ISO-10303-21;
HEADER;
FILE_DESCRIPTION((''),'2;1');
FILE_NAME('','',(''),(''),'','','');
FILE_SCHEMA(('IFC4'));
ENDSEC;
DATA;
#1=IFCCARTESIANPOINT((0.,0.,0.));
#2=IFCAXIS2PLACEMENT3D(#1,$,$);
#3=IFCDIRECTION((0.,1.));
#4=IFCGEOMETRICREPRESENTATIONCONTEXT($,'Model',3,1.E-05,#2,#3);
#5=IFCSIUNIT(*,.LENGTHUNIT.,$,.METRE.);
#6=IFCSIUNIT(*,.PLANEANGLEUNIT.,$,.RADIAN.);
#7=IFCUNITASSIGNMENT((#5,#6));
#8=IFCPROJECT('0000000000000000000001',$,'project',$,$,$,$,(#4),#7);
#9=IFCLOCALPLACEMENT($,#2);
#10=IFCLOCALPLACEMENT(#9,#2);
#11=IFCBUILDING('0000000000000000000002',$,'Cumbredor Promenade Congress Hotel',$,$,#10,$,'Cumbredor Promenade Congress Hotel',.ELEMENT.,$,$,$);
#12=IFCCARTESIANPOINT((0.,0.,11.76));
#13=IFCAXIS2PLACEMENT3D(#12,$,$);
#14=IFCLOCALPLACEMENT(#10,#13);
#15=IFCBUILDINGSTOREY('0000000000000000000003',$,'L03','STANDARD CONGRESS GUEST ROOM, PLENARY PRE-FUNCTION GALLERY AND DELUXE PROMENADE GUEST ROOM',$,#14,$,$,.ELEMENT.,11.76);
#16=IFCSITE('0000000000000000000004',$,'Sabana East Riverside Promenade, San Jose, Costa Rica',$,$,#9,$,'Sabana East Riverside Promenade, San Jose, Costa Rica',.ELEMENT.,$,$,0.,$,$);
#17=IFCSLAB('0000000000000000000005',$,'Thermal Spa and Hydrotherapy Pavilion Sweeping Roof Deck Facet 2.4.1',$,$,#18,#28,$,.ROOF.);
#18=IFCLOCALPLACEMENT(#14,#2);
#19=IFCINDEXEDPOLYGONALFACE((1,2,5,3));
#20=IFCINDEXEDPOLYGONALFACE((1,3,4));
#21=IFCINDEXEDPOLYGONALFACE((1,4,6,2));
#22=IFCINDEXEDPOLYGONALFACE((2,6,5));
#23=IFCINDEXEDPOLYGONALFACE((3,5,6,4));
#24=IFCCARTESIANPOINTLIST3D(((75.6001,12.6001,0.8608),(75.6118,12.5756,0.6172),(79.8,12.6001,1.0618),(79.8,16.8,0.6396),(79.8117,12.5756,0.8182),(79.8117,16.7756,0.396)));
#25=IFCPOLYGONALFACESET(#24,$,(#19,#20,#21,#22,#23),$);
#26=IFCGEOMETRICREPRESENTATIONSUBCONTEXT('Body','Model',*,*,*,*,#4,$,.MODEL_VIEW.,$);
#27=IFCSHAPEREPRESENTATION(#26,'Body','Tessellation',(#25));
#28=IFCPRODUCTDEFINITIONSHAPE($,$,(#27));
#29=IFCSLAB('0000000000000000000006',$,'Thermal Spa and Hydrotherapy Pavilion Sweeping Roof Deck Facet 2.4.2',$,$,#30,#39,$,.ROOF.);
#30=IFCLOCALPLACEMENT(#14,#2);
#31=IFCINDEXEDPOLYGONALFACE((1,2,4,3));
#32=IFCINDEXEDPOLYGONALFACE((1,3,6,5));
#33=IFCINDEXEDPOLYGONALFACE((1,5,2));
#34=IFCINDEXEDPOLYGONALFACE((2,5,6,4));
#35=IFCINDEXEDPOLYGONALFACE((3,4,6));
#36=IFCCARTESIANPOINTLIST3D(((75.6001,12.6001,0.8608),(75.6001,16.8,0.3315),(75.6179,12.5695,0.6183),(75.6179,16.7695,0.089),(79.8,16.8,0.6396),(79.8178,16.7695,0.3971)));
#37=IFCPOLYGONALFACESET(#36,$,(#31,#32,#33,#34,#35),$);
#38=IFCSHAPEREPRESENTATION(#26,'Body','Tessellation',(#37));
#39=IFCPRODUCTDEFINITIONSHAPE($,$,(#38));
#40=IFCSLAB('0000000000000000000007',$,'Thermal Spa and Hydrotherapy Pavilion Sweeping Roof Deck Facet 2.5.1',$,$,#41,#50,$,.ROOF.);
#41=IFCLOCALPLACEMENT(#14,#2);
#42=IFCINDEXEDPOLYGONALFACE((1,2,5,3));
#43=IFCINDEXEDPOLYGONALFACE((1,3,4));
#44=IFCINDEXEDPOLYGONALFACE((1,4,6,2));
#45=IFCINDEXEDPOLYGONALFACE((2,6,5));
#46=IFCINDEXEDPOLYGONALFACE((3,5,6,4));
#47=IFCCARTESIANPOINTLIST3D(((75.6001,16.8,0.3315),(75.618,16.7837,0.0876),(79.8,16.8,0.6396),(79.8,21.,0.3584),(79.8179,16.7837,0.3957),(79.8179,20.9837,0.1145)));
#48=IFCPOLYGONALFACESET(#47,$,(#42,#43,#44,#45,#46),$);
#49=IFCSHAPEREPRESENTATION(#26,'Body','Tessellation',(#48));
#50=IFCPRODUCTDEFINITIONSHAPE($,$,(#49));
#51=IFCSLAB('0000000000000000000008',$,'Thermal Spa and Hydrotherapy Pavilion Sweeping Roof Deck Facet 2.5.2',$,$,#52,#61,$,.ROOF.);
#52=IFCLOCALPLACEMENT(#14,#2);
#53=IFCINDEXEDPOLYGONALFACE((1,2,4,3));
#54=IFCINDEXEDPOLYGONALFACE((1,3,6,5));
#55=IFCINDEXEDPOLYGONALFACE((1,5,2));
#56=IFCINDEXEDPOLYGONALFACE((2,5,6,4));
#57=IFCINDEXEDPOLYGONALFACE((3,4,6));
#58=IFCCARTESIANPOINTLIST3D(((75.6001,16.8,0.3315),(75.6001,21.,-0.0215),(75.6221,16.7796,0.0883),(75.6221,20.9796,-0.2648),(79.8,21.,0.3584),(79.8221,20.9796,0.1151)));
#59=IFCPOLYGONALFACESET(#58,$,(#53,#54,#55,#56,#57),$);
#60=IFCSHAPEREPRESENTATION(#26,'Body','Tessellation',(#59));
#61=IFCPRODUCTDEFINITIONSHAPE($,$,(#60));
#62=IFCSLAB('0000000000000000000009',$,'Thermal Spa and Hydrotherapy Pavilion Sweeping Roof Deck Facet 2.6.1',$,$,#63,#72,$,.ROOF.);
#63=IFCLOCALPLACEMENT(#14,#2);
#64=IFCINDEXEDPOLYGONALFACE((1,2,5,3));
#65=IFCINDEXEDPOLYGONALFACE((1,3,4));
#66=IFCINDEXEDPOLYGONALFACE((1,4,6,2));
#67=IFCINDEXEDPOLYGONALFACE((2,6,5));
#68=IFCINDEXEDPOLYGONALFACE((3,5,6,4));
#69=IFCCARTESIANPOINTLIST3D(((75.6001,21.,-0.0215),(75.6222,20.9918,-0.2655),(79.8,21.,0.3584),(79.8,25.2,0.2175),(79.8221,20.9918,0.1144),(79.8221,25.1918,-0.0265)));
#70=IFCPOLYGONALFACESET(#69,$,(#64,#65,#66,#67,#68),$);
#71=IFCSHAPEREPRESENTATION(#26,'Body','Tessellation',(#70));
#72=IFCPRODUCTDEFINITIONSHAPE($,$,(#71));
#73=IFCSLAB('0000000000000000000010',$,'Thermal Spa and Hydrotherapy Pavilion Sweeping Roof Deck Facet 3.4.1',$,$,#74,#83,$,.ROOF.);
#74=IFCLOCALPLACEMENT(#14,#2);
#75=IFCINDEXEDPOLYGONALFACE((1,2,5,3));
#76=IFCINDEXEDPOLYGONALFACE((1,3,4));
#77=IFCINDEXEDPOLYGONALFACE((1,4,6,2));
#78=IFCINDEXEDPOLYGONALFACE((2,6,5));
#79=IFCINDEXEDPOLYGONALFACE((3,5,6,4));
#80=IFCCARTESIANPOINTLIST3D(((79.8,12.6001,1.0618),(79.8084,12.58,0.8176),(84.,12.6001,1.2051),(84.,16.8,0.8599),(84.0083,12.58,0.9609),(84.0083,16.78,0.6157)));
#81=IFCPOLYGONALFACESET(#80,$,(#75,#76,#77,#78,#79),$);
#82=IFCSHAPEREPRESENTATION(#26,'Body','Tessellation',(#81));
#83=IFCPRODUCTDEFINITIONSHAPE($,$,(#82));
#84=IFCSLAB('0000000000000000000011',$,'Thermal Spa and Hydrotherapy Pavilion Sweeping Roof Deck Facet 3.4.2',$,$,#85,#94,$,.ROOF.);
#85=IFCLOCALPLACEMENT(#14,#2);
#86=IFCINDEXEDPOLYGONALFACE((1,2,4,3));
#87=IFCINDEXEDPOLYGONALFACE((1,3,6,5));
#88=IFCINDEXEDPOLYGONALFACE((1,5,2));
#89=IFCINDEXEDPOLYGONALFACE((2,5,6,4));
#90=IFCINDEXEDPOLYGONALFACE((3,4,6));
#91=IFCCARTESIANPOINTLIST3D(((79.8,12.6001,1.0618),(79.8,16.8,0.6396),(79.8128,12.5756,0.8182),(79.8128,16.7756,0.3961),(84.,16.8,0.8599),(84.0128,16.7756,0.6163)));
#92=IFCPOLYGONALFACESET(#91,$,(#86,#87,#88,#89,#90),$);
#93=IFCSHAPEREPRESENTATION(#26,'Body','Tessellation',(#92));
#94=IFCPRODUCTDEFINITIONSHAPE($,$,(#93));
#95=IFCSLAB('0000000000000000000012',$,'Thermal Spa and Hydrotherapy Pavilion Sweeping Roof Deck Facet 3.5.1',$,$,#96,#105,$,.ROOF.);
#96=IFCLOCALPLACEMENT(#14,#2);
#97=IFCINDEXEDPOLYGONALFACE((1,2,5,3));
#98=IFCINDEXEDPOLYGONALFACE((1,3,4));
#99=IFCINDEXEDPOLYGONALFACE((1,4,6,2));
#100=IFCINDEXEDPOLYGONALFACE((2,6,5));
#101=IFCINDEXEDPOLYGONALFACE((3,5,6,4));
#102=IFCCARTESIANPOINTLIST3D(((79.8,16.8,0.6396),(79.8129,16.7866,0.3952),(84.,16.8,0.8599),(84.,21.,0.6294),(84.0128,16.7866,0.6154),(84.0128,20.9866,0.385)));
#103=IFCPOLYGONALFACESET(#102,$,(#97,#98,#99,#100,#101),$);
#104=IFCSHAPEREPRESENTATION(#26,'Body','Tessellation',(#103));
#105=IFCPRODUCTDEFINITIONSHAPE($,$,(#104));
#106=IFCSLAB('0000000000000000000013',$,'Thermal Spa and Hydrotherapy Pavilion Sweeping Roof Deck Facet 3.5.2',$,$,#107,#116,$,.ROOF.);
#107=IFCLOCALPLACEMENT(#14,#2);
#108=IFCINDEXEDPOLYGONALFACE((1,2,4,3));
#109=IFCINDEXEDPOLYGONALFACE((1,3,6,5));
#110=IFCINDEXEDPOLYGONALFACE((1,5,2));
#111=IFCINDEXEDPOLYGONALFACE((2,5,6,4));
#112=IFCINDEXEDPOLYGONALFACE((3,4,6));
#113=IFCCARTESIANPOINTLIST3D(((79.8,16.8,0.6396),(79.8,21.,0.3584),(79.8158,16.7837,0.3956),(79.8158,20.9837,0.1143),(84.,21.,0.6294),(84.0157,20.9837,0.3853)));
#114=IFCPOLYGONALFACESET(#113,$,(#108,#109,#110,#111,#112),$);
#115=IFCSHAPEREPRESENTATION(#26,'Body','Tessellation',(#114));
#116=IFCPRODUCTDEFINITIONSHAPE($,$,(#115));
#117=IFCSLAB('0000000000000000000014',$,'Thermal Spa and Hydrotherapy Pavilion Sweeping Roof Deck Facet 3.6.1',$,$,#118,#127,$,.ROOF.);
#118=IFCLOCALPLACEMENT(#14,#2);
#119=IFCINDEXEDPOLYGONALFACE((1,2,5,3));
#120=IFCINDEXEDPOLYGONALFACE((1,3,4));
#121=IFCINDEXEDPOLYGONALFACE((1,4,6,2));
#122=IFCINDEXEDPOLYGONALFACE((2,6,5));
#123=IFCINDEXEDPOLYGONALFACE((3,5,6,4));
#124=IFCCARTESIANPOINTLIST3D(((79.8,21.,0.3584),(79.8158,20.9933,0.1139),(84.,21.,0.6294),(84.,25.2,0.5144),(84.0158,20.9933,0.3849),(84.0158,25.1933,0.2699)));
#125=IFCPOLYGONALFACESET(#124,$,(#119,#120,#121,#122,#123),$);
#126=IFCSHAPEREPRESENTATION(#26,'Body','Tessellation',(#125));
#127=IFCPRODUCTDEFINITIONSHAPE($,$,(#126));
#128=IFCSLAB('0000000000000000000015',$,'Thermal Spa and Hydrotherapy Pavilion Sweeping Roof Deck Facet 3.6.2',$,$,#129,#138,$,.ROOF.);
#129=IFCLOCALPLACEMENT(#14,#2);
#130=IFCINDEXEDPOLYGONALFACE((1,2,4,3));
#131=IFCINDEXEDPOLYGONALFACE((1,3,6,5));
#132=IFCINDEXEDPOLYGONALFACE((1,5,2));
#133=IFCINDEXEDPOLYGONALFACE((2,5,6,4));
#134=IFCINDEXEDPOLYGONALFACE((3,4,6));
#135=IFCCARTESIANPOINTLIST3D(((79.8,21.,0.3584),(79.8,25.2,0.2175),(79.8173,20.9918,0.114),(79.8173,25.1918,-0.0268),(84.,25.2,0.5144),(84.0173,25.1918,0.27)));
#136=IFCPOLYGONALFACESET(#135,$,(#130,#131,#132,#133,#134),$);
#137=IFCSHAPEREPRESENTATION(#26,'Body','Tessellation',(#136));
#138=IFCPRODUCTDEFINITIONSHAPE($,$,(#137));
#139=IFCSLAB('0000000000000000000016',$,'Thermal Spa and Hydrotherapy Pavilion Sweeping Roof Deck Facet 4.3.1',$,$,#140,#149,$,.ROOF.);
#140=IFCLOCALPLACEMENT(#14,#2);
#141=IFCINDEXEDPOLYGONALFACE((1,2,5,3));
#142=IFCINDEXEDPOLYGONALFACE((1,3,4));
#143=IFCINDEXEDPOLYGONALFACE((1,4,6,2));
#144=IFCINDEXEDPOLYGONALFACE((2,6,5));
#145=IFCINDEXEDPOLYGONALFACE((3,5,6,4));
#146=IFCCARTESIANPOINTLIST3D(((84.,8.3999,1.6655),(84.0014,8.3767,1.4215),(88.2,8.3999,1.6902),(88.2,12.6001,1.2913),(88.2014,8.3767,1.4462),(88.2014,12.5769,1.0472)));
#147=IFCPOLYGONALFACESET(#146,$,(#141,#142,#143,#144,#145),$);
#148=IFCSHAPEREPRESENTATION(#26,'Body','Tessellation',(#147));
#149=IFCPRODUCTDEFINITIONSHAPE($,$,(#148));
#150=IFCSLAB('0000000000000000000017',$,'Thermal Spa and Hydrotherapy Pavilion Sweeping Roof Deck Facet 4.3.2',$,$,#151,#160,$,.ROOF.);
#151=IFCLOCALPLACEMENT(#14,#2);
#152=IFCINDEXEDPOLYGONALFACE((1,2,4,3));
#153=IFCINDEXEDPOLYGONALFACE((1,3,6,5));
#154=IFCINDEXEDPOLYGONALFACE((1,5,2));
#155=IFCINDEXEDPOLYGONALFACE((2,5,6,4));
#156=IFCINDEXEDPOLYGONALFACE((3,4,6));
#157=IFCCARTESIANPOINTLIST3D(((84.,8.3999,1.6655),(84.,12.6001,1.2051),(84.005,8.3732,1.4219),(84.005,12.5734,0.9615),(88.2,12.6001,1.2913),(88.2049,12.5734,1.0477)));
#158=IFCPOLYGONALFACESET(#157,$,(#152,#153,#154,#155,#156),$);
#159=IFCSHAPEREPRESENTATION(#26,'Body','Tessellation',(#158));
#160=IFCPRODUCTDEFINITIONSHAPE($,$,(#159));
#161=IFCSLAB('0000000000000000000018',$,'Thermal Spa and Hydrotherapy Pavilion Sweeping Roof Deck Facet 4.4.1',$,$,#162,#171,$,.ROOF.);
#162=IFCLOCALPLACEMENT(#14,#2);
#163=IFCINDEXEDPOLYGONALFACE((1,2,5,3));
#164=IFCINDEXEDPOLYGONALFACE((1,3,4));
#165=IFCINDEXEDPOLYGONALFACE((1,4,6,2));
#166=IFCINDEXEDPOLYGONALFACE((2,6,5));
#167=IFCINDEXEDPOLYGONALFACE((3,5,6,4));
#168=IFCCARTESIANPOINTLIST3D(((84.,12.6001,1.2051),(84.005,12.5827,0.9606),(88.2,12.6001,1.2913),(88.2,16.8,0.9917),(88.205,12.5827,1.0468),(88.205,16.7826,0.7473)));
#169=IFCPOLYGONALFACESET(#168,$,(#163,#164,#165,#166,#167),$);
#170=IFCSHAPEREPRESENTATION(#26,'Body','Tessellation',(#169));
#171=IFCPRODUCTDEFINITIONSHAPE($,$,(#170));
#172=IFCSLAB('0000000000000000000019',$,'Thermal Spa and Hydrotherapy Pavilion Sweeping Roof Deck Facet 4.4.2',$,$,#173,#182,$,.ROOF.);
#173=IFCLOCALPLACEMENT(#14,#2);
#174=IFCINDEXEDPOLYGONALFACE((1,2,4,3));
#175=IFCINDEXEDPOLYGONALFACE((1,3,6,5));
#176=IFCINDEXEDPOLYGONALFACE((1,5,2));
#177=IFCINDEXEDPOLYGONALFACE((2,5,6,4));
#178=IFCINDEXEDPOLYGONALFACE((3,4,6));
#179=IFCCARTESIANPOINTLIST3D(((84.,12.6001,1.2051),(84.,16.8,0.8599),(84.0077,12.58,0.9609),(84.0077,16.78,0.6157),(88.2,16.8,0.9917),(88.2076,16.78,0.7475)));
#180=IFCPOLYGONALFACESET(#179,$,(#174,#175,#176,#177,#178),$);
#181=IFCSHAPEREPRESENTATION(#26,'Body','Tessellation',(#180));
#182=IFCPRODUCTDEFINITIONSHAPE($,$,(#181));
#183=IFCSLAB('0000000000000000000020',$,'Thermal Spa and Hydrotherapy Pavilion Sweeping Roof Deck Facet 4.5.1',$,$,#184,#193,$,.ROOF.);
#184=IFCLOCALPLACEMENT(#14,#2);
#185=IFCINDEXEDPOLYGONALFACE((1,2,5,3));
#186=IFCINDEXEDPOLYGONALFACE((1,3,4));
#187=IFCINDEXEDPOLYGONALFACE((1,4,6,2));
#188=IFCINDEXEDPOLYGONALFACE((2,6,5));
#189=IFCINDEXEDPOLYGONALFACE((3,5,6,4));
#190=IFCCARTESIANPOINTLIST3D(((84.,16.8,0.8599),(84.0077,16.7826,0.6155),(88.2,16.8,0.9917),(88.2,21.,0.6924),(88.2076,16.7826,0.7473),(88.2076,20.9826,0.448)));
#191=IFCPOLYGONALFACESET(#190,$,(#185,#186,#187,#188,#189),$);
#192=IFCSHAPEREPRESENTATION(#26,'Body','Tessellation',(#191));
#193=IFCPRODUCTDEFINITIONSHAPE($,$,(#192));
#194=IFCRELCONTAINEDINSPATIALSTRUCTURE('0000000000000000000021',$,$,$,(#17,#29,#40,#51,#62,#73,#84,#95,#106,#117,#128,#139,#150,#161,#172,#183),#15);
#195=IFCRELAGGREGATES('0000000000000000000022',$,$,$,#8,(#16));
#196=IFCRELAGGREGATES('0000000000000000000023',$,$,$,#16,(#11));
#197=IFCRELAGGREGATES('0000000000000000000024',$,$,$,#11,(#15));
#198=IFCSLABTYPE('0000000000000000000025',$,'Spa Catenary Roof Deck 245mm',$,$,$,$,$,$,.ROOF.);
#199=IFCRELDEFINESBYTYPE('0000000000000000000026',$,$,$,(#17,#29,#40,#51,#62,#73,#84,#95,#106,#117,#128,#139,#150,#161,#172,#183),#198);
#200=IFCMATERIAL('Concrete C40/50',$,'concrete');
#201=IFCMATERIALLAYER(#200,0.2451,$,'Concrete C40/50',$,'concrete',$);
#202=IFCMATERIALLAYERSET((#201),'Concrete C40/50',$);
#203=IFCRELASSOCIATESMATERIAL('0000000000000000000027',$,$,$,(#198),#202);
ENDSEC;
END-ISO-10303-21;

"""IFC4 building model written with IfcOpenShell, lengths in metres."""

from ifc_helpers import new_model, si_unit, direction, frame, origin, place, context, subcontext, project, spatial, polyline, outline, extrude, material, layer, layer_set, type_object, element, save


model = new_model("IFC4")

# Units and contexts
model_context = context("Model", 3, precision=1e-05, world=origin(), true_north=direction((0.0, 1.0)))
body_context = subcontext(model_context, "Body", "Model", "MODEL_VIEW")
ifc_project = project(units=[si_unit("LENGTHUNIT", "METRE"), si_unit("PLANEANGLEUNIT", "RADIAN")], contexts=[model_context])

# Site, building, storey
site_placement = place(None, origin())
site = spatial("IfcSite", under=ifc_project, at=site_placement, Name="Sabana East Riverside Promenade, San Jose, Costa Rica", LongName="Sabana East Riverside Promenade, San Jose, Costa Rica", CompositionType="ELEMENT", RefElevation=0.0)
building_placement = place(site_placement, origin())
building = spatial("IfcBuilding", under=site, at=building_placement, Name="Cumbredor Promenade Congress Hotel", LongName="Cumbredor Promenade Congress Hotel", CompositionType="ELEMENT")
storey_placement = place(building_placement, frame((0.0, 0.0, 11.76)))
storey = spatial("IfcBuildingStorey", under=building, at=storey_placement, Name="L03", Description="STANDARD CONGRESS GUEST ROOM, PLENARY PRE-FUNCTION GALLERY AND DELUXE PROMENADE GUEST ROOM", CompositionType="ELEMENT", Elevation=11.76)

# Slabs
ifc_material_1 = material(Name="Concrete C40/50", Category="concrete")
ifc_layer_1 = layer(ifc_material_1, 0.2451, Name="Concrete C40/50", Category="concrete")
ifc_layer_set_1 = layer_set([ifc_layer_1], Name="Concrete C40/50")
slab_type = type_object("IfcSlabType", Name="Spa Catenary Roof Deck 245mm", PredefinedType="ROOF", material=ifc_layer_set_1)
slab_1_placement = place(storey_placement, frame((75.6001, 12.6001, 0.8608), z_axis=(-0.047547, 0.099889, 0.993862), x_axis=(0.998858, 0.0, 0.047786)))
element("IfcSlab", 1, at=slab_1_placement, inside=storey, type_object=slab_type, Name="Thermal Spa and Hydrotherapy Pavilion Sweeping Roof Deck Facet 2.4.1", PredefinedType="ROOF", context=body_context, shape_type="SweptSolid", body=[
    extrude(outline(polyline([(0.0, 0.0), (4.2048, 0.0), (4.1846, 4.2211), (0.0, 0.0)])), origin(), (0.0, 0.0, -1.0), 0.2451),
])
slab_2_placement = place(storey_placement, frame((75.6001, 12.6001, 0.8608), z_axis=(-0.072592, 0.124706, 0.989535), x_axis=(0.706617, 0.706617, -0.037214)))
element("IfcSlab", 2, at=slab_2_placement, inside=storey, type_object=slab_type, Name="Thermal Spa and Hydrotherapy Pavilion Sweeping Roof Deck Facet 2.4.2", PredefinedType="ROOF", context=body_context, shape_type="SweptSolid", body=[
    extrude(outline(polyline([(0.0, 0.0), (5.9437, 0.0), (2.9875, 2.9991), (0.0, 0.0)])), origin(), (0.0, 0.0, -1.0), 0.2451),
])
slab_3_placement = place(storey_placement, frame((75.6001, 16.8, 0.3315), z_axis=(-0.073, 0.066637, 0.995103), x_axis=(0.99732, 0.0, 0.073163)))
element("IfcSlab", 3, at=slab_3_placement, inside=storey, type_object=slab_type, Name="Thermal Spa and Hydrotherapy Pavilion Sweeping Roof Deck Facet 2.5.1", PredefinedType="ROOF", context=body_context, shape_type="SweptSolid", body=[
    extrude(outline(polyline([(0.0, 0.0), (4.2112, 0.0), (4.1907, 4.2093), (0.0, 0.0)])), origin(), (0.0, 0.0, -1.0), 0.2451),
])
slab_4_placement = place(storey_placement, frame((75.6001, 16.8, 0.3315), z_axis=(-0.089768, 0.083422, 0.992463), x_axis=(0.7071, 0.7071, 0.004521)))
element("IfcSlab", 4, at=slab_4_placement, inside=storey, type_object=slab_type, Name="Thermal Spa and Hydrotherapy Pavilion Sweeping Roof Deck Facet 2.5.2", PredefinedType="ROOF", context=body_context, shape_type="SweptSolid", body=[
    extrude(outline(polyline([(0.0, 0.0), (5.9397, 0.0), (2.9682, 2.9923), (0.0, 0.0)])), origin(), (0.0, 0.0, -1.0), 0.2451),
])
slab_5_placement = place(storey_placement, frame((75.6001, 21.0, -0.0215), z_axis=(-0.090031, 0.033386, 0.995379), x_axis=(0.995934, 0.0, 0.090082)))
element("IfcSlab", 5, at=slab_5_placement, inside=storey, type_object=slab_type, Name="Thermal Spa and Hydrotherapy Pavilion Sweeping Roof Deck Facet 2.6.1", PredefinedType="ROOF", context=body_context, shape_type="SweptSolid", body=[
    extrude(outline(polyline([(0.0, 0.0), (4.2171, 0.0), (4.2044, 4.2023), (0.0, 0.0)])), origin(), (0.0, 0.0, -1.0), 0.2451),
])
slab_6_placement = place(storey_placement, frame((79.8, 12.6001, 1.0618), z_axis=(-0.033988, 0.081871, 0.996063), x_axis=(0.999418, 0.0, 0.034102)))
element("IfcSlab", 6, at=slab_6_placement, inside=storey, type_object=slab_type, Name="Thermal Spa and Hydrotherapy Pavilion Sweeping Roof Deck Facet 3.4.1", PredefinedType="ROOF", context=body_context, shape_type="SweptSolid", body=[
    extrude(outline(polyline([(0.0, 0.0), (4.2024, 0.0), (4.1906, 4.2141), (0.0, 0.0)])), origin(), (0.0, 0.0, -1.0), 0.2451),
])
slab_7_placement = place(storey_placement, frame((79.8, 12.6001, 1.0618), z_axis=(-0.052099, 0.099866, 0.993636), x_axis=(0.706699, 0.706699, -0.033973)))
element("IfcSlab", 7, at=slab_7_placement, inside=storey, type_object=slab_type, Name="Thermal Spa and Hydrotherapy Pavilion Sweeping Roof Deck Facet 3.4.2", PredefinedType="ROOF", context=body_context, shape_type="SweptSolid", body=[
    extrude(outline(polyline([(0.0, 0.0), (5.9431, 0.0), (2.9824, 2.9871), (0.0, 0.0)])), origin(), (0.0, 0.0, -1.0), 0.2451),
])
slab_8_placement = place(storey_placement, frame((79.8, 16.8, 0.6396), z_axis=(-0.052282, 0.054717, 0.997132), x_axis=(0.998628, 0.0, 0.052361)))
element("IfcSlab", 8, at=slab_8_placement, inside=storey, type_object=slab_type, Name="Thermal Spa and Hydrotherapy Pavilion Sweeping Roof Deck Facet 3.5.1", PredefinedType="ROOF", context=body_context, shape_type="SweptSolid", body=[
    extrude(outline(polyline([(0.0, 0.0), (4.2057, 0.0), (4.1937, 4.2063), (0.0, 0.0)])), origin(), (0.0, 0.0, -1.0), 0.2451),
])
slab_9_placement = place(storey_placement, frame((79.8, 16.8, 0.6396), z_axis=(-0.064246, 0.066677, 0.995704), x_axis=(0.707106, 0.707106, -0.001726)))
element("IfcSlab", 9, at=slab_9_placement, inside=storey, type_object=slab_type, Name="Thermal Spa and Hydrotherapy Pavilion Sweeping Roof Deck Facet 3.5.2", PredefinedType="ROOF", context=body_context, shape_type="SweptSolid", body=[
    extrude(outline(polyline([(0.0, 0.0), (5.9396, 0.0), (2.9703, 2.9826), (0.0, 0.0)])), origin(), (0.0, 0.0, -1.0), 0.2451),
])
slab_10_placement = place(storey_placement, frame((79.8, 21.0, 0.3584), z_axis=(-0.064366, 0.027312, 0.997553), x_axis=(0.997925, 0.0, 0.06439)))
element("IfcSlab", 10, at=slab_10_placement, inside=storey, type_object=slab_type, Name="Thermal Spa and Hydrotherapy Pavilion Sweeping Roof Deck Facet 3.6.1", PredefinedType="ROOF", context=body_context, shape_type="SweptSolid", body=[
    extrude(outline(polyline([(0.0, 0.0), (4.2087, 0.0), (4.2013, 4.2015), (0.0, 0.0)])), origin(), (0.0, 0.0, -1.0), 0.2451),
])
slab_11_placement = place(storey_placement, frame((79.8, 21.0, 0.3584), z_axis=(-0.07047, 0.033438, 0.996953), x_axis=(0.706863, 0.706863, 0.026256)))
element("IfcSlab", 11, at=slab_11_placement, inside=storey, type_object=slab_type, Name="Thermal Spa and Hydrotherapy Pavilion Sweeping Roof Deck Facet 3.6.2", PredefinedType="ROOF", context=body_context, shape_type="SweptSolid", body=[
    extrude(outline(polyline([(0.0, 0.0), (5.9417, 0.0), (2.9651, 2.9779), (0.0, 0.0)])), origin(), (0.0, 0.0, -1.0), 0.2451),
])
slab_12_placement = place(storey_placement, frame((84.0, 8.3999, 1.6655), z_axis=(-0.005845, 0.094551, 0.995503), x_axis=(0.999983, 0.0, 0.005871)))
element("IfcSlab", 12, at=slab_12_placement, inside=storey, type_object=slab_type, Name="Thermal Spa and Hydrotherapy Pavilion Sweeping Roof Deck Facet 4.3.1", PredefinedType="ROOF", context=body_context, shape_type="SweptSolid", body=[
    extrude(outline(polyline([(0.0, 0.0), (4.2, 0.0), (4.1977, 4.2191), (0.0, 0.0)])), origin(), (0.0, 0.0, -1.0), 0.2451),
])
slab_13_placement = place(storey_placement, frame((84.0, 8.3999, 1.6655), z_axis=(-0.020393, 0.10895, 0.993838), x_axis=(0.705687, 0.705728, -0.062885)))
element("IfcSlab", 13, at=slab_13_placement, inside=storey, type_object=slab_type, Name="Thermal Spa and Hydrotherapy Pavilion Sweeping Roof Deck Facet 4.3.2", PredefinedType="ROOF", context=body_context, shape_type="SweptSolid", body=[
    extrude(outline(polyline([(0.0, 0.0), (5.9516, 0.0), (2.9931, 2.9824), (0.0, 0.0)])), origin(), (0.0, 0.0, -1.0), 0.2451),
])
slab_14_placement = place(storey_placement, frame((84.0, 12.6001, 1.2051), z_axis=(-0.020463, 0.071129, 0.997257), x_axis=(0.99979, 0.0, 0.020515)))
element("IfcSlab", 14, at=slab_14_placement, inside=storey, type_object=slab_type, Name="Thermal Spa and Hydrotherapy Pavilion Sweeping Roof Deck Facet 4.4.1", PredefinedType="ROOF", context=body_context, shape_type="SweptSolid", body=[
    extrude(outline(polyline([(0.0, 0.0), (4.2008, 0.0), (4.1947, 4.2106), (0.0, 0.0)])), origin(), (0.0, 0.0, -1.0), 0.2451),
])
slab_15_placement = place(storey_placement, frame((84.0, 12.6001, 1.2051), z_axis=(-0.031269, 0.081879, 0.996152), x_axis=(0.706651, 0.706651, -0.035901)))
element("IfcSlab", 15, at=slab_15_placement, inside=storey, type_object=slab_type, Name="Thermal Spa and Hydrotherapy Pavilion Sweeping Roof Deck Facet 4.4.2", PredefinedType="ROOF", context=body_context, shape_type="SweptSolid", body=[
    extrude(outline(polyline([(0.0, 0.0), (5.9435, 0.0), (2.9803, 2.9794), (0.0, 0.0)])), origin(), (0.0, 0.0, -1.0), 0.2451),
])
slab_16_placement = place(storey_placement, frame((84.0, 16.8, 0.8599), z_axis=(-0.031295, 0.071052, 0.996982), x_axis=(0.999508, 0.0, 0.031374)))
element("IfcSlab", 16, at=slab_16_placement, inside=storey, type_object=slab_type, Name="Thermal Spa and Hydrotherapy Pavilion Sweeping Roof Deck Facet 4.5.1", PredefinedType="ROOF", context=body_context, shape_type="SweptSolid", body=[
    extrude(outline(polyline([(0.0, 0.0), (4.202, 0.0), (4.1926, 4.2106), (0.0, 0.0)])), origin(), (0.0, 0.0, -1.0), 0.2451),
])

save(model, "model.ifc")
